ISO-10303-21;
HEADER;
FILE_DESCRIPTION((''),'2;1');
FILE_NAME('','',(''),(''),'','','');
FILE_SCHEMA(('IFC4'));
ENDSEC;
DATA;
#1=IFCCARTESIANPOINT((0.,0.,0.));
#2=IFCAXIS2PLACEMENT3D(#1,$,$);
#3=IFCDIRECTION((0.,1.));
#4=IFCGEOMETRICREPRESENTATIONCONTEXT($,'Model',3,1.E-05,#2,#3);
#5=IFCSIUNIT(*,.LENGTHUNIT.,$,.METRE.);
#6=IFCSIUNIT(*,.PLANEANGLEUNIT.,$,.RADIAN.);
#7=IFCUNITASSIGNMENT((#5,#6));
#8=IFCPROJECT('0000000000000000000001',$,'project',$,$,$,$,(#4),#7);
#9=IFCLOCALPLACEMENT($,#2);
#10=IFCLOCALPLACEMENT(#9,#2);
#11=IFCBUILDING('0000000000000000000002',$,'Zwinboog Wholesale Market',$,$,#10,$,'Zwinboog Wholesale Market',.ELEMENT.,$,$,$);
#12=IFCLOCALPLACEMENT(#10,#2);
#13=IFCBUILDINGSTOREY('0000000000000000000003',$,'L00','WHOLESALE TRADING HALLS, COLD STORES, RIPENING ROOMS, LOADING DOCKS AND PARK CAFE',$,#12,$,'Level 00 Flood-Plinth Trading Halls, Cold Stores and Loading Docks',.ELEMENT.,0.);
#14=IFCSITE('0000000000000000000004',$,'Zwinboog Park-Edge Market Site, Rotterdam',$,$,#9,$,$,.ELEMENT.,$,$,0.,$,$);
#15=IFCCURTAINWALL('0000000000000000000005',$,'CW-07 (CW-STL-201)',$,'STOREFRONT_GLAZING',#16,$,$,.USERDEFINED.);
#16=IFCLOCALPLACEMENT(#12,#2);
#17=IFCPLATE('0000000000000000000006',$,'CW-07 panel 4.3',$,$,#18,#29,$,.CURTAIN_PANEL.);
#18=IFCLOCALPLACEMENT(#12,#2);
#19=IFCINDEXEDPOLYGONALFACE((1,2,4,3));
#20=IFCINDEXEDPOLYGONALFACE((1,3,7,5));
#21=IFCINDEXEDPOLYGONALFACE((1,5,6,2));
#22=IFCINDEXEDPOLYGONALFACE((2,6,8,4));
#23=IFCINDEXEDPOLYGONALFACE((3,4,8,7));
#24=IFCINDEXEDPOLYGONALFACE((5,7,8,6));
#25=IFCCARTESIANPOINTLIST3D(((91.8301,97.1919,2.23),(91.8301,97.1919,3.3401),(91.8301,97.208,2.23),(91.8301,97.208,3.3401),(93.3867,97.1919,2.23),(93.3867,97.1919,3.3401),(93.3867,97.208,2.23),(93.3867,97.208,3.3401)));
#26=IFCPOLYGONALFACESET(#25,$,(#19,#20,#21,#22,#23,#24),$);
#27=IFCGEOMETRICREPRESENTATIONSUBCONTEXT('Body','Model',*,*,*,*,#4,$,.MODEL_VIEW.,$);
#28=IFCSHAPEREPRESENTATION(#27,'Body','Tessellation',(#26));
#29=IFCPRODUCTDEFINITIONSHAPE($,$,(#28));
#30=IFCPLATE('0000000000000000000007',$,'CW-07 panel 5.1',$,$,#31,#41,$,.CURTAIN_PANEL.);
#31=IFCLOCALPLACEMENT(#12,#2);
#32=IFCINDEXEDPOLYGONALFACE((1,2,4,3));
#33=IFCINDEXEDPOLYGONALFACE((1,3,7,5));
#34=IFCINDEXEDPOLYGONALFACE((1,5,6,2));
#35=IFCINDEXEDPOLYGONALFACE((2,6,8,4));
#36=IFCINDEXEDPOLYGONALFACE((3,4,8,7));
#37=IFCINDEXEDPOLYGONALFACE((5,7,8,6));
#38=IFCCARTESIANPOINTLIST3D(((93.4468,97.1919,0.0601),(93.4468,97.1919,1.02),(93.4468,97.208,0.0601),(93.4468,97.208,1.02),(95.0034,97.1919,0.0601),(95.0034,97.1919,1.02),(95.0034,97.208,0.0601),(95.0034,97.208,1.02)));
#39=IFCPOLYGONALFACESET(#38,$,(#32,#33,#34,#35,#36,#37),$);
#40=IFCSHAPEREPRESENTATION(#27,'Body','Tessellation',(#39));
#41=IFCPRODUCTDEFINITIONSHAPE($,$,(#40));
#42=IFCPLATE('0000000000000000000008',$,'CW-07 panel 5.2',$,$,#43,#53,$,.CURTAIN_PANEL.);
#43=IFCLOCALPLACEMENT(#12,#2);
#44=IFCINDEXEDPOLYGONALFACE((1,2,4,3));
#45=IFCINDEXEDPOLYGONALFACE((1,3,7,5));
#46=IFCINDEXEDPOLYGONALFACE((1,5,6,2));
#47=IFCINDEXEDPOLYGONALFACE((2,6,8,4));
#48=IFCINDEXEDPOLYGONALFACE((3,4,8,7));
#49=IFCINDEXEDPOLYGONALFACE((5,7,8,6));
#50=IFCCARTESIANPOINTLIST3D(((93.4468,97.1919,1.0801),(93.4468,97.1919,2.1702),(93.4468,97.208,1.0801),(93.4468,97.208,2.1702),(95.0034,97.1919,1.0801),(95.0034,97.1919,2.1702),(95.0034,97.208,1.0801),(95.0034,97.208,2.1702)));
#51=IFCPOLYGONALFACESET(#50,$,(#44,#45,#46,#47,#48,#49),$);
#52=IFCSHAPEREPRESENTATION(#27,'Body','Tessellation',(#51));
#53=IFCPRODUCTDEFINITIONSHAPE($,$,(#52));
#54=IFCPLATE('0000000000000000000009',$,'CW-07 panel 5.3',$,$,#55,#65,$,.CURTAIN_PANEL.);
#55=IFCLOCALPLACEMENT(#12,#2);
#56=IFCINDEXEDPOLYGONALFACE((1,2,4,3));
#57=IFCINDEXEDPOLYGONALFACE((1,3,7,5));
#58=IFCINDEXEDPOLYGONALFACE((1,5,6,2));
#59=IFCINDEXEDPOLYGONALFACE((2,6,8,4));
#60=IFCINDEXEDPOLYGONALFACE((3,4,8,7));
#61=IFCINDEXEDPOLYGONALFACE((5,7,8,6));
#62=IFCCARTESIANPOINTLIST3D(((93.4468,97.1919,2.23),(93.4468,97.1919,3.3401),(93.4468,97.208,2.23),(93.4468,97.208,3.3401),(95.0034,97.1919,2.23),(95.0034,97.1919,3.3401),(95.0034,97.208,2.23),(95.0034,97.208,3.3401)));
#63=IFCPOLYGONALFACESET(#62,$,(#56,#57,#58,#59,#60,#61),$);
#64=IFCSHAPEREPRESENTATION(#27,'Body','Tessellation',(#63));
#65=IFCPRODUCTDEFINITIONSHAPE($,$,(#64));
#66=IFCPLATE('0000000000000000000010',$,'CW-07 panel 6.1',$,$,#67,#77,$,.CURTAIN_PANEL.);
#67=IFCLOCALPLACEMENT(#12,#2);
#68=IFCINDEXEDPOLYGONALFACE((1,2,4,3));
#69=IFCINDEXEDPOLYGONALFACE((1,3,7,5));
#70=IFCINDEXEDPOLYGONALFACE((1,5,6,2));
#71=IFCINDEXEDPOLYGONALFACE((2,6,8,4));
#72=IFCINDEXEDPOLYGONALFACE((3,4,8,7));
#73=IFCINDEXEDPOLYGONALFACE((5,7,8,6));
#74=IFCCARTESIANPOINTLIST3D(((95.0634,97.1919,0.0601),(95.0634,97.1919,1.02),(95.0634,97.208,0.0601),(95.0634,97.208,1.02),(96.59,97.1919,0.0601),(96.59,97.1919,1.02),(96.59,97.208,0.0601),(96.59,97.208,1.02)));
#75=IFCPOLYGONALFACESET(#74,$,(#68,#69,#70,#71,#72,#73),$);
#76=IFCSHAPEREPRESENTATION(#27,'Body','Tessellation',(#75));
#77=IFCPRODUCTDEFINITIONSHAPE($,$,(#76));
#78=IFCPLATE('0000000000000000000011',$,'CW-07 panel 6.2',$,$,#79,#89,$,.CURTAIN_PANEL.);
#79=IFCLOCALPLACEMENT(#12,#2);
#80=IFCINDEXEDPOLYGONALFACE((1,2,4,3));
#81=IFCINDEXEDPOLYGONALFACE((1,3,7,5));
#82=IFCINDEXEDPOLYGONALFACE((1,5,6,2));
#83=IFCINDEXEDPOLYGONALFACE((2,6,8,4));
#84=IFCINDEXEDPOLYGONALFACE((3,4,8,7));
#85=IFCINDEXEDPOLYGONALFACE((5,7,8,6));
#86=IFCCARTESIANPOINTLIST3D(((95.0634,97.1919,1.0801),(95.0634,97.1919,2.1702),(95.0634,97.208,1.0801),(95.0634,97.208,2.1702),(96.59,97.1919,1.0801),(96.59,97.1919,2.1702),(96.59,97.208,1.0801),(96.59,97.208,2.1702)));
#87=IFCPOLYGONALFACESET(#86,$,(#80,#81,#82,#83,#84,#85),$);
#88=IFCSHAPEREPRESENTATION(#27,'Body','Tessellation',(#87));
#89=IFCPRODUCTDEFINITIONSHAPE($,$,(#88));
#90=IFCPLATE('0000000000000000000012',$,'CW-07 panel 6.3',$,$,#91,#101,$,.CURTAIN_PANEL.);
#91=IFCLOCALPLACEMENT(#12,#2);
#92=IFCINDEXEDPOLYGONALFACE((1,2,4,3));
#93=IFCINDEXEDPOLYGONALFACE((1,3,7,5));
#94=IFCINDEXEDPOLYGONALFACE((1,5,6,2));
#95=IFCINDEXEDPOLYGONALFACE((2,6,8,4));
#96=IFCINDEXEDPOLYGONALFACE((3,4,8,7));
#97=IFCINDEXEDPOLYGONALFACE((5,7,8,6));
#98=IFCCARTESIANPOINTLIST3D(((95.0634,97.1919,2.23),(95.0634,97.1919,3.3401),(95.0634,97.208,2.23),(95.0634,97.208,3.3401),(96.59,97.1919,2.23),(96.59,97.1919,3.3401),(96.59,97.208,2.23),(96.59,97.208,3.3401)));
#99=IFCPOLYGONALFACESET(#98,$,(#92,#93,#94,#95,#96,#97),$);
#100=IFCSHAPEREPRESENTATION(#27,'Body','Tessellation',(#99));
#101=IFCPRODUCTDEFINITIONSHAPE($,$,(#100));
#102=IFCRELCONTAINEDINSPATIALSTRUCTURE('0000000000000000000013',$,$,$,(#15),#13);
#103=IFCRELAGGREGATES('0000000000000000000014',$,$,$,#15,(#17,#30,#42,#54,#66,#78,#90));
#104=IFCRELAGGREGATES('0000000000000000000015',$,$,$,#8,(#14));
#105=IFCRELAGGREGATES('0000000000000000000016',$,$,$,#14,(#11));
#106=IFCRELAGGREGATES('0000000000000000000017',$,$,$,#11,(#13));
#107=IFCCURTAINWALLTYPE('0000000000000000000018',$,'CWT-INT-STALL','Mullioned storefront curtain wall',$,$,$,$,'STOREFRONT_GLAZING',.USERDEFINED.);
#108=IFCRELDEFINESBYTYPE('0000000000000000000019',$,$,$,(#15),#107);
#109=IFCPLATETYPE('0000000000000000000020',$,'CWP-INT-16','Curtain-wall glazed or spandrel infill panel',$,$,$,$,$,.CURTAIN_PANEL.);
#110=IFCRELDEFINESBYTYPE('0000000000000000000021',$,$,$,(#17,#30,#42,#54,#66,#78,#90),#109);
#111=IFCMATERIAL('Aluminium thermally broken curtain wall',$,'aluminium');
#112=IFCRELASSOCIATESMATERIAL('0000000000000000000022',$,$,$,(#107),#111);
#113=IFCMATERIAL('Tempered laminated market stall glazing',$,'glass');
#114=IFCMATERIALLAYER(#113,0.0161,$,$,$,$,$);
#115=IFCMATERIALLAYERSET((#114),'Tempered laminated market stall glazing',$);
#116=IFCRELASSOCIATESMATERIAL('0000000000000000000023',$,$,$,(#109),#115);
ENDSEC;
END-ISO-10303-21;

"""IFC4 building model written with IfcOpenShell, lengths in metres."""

from ifc_helpers import new_model, si_unit, direction, frame, origin, origin_2d, place, context, subcontext, project, spatial, rectangle, extrude, material, layer, layer_set, type_object, element, aggregate, save


model = new_model("IFC4")

# Units and contexts
model_context = context("Model", 3, precision=1e-05, world=origin(), true_north=direction((0.0, 1.0)))
body_context = subcontext(model_context, "Body", "Model", "MODEL_VIEW")
ifc_project = project(units=[si_unit("LENGTHUNIT", "METRE"), si_unit("PLANEANGLEUNIT", "RADIAN")], contexts=[model_context])

# Site, building, storey
site_placement = place(None, origin())
site = spatial("IfcSite", under=ifc_project, at=site_placement, Name="Zwinboog Park-Edge Market Site, Rotterdam", CompositionType="ELEMENT", RefElevation=0.0)
building_placement = place(site_placement, origin())
building = spatial("IfcBuilding", under=site, at=building_placement, Name="Zwinboog Wholesale Market", LongName="Zwinboog Wholesale Market", CompositionType="ELEMENT")
storey_placement = place(building_placement, origin())
storey = spatial("IfcBuildingStorey", under=building, at=storey_placement, Name="L00", Description="WHOLESALE TRADING HALLS, COLD STORES, RIPENING ROOMS, LOADING DOCKS AND PARK CAFE", LongName="Level 00 Flood-Plinth Trading Halls, Cold Stores and Loading Docks", CompositionType="ELEMENT", Elevation=0.0)

# Curtain wall, plates
ifc_material_1 = material(Name="Aluminium thermally broken curtain wall", Category="aluminium")
curtain_wall_type = type_object("IfcCurtainWallType", Name="CWT-INT-STALL", Description="Mullioned storefront curtain wall", ElementType="STOREFRONT_GLAZING", PredefinedType="USERDEFINED", material=ifc_material_1)
curtain_wall_placement = place(storey_placement, origin())
curtain_wall = element("IfcCurtainWall", 1, at=curtain_wall_placement, inside=storey, type_object=curtain_wall_type, Name="CW-07 (CW-STL-201)", ObjectType="STOREFRONT_GLAZING", PredefinedType="USERDEFINED")
ifc_material_2 = material(Name="Tempered laminated market stall glazing", Category="glass")
ifc_layer = layer(ifc_material_2, 0.0161)
ifc_layer_set = layer_set([ifc_layer], Name="Tempered laminated market stall glazing")
plate_type = type_object("IfcPlateType", Name="CWP-INT-16", Description="Curtain-wall glazed or spandrel infill panel", PredefinedType="CURTAIN_PANEL", material=ifc_layer_set)
plate_1_placement = place(storey_placement, frame((92.6084, 97.2, 2.23), z_axis=(0.0, 0.0, 1.0), x_axis=(1.0, 0.0, 0.0)))
plate_1 = element("IfcPlate", 2, at=plate_1_placement, type_object=plate_type, Name="CW-07 panel 4.3", PredefinedType="CURTAIN_PANEL", context=body_context, shape_type="SweptSolid", body=[
    extrude(rectangle(XDim=1.5566, YDim=0.0161, at=origin_2d()), origin(), (0.0, 0.0, 1.0), 1.1101),
])
plate_2_placement = place(storey_placement, frame((94.2251, 97.2, 0.0601), z_axis=(0.0, 0.0, 1.0), x_axis=(1.0, 0.0, 0.0)))
plate_2 = element("IfcPlate", 3, at=plate_2_placement, type_object=plate_type, Name="CW-07 panel 5.1", PredefinedType="CURTAIN_PANEL", context=body_context, shape_type="SweptSolid", body=[
    extrude(rectangle(XDim=1.5566, YDim=0.0161, at=origin_2d()), origin(), (0.0, 0.0, 1.0), 0.96),
])
plate_3_placement = place(storey_placement, frame((94.2251, 97.2, 1.0801), z_axis=(0.0, 0.0, 1.0), x_axis=(1.0, 0.0, 0.0)))
plate_3 = element("IfcPlate", 4, at=plate_3_placement, type_object=plate_type, Name="CW-07 panel 5.2", PredefinedType="CURTAIN_PANEL", context=body_context, shape_type="SweptSolid", body=[
    extrude(rectangle(XDim=1.5566, YDim=0.0161, at=origin_2d()), origin(), (0.0, 0.0, 1.0), 1.0901),
])
plate_4_placement = place(storey_placement, frame((94.2251, 97.2, 2.23), z_axis=(0.0, 0.0, 1.0), x_axis=(1.0, 0.0, 0.0)))
plate_4 = element("IfcPlate", 5, at=plate_4_placement, type_object=plate_type, Name="CW-07 panel 5.3", PredefinedType="CURTAIN_PANEL", context=body_context, shape_type="SweptSolid", body=[
    extrude(rectangle(XDim=1.5566, YDim=0.0161, at=origin_2d()), origin(), (0.0, 0.0, 1.0), 1.1101),
])
plate_5_placement = place(storey_placement, frame((95.8267, 97.2, 0.0601), z_axis=(0.0, 0.0, 1.0), x_axis=(1.0, 0.0, 0.0)))
plate_5 = element("IfcPlate", 6, at=plate_5_placement, type_object=plate_type, Name="CW-07 panel 6.1", PredefinedType="CURTAIN_PANEL", context=body_context, shape_type="SweptSolid", body=[
    extrude(rectangle(XDim=1.5266, YDim=0.0161, at=origin_2d()), origin(), (0.0, 0.0, 1.0), 0.96),
])
plate_6_placement = place(storey_placement, frame((95.8267, 97.2, 1.0801), z_axis=(0.0, 0.0, 1.0), x_axis=(1.0, 0.0, 0.0)))
plate_6 = element("IfcPlate", 7, at=plate_6_placement, type_object=plate_type, Name="CW-07 panel 6.2", PredefinedType="CURTAIN_PANEL", context=body_context, shape_type="SweptSolid", body=[
    extrude(rectangle(XDim=1.5266, YDim=0.0161, at=origin_2d()), origin(), (0.0, 0.0, 1.0), 1.0901),
])
plate_7_placement = place(storey_placement, frame((95.8267, 97.2, 2.23), z_axis=(0.0, 0.0, 1.0), x_axis=(1.0, 0.0, 0.0)))
plate_7 = element("IfcPlate", 8, at=plate_7_placement, type_object=plate_type, Name="CW-07 panel 6.3", PredefinedType="CURTAIN_PANEL", context=body_context, shape_type="SweptSolid", body=[
    extrude(rectangle(XDim=1.5266, YDim=0.0161, at=origin_2d()), origin(), (0.0, 0.0, 1.0), 1.1101),
])
aggregate(curtain_wall, [plate_1, plate_2, plate_3, plate_4, plate_5, plate_6, plate_7])

save(model, "model.ifc")
